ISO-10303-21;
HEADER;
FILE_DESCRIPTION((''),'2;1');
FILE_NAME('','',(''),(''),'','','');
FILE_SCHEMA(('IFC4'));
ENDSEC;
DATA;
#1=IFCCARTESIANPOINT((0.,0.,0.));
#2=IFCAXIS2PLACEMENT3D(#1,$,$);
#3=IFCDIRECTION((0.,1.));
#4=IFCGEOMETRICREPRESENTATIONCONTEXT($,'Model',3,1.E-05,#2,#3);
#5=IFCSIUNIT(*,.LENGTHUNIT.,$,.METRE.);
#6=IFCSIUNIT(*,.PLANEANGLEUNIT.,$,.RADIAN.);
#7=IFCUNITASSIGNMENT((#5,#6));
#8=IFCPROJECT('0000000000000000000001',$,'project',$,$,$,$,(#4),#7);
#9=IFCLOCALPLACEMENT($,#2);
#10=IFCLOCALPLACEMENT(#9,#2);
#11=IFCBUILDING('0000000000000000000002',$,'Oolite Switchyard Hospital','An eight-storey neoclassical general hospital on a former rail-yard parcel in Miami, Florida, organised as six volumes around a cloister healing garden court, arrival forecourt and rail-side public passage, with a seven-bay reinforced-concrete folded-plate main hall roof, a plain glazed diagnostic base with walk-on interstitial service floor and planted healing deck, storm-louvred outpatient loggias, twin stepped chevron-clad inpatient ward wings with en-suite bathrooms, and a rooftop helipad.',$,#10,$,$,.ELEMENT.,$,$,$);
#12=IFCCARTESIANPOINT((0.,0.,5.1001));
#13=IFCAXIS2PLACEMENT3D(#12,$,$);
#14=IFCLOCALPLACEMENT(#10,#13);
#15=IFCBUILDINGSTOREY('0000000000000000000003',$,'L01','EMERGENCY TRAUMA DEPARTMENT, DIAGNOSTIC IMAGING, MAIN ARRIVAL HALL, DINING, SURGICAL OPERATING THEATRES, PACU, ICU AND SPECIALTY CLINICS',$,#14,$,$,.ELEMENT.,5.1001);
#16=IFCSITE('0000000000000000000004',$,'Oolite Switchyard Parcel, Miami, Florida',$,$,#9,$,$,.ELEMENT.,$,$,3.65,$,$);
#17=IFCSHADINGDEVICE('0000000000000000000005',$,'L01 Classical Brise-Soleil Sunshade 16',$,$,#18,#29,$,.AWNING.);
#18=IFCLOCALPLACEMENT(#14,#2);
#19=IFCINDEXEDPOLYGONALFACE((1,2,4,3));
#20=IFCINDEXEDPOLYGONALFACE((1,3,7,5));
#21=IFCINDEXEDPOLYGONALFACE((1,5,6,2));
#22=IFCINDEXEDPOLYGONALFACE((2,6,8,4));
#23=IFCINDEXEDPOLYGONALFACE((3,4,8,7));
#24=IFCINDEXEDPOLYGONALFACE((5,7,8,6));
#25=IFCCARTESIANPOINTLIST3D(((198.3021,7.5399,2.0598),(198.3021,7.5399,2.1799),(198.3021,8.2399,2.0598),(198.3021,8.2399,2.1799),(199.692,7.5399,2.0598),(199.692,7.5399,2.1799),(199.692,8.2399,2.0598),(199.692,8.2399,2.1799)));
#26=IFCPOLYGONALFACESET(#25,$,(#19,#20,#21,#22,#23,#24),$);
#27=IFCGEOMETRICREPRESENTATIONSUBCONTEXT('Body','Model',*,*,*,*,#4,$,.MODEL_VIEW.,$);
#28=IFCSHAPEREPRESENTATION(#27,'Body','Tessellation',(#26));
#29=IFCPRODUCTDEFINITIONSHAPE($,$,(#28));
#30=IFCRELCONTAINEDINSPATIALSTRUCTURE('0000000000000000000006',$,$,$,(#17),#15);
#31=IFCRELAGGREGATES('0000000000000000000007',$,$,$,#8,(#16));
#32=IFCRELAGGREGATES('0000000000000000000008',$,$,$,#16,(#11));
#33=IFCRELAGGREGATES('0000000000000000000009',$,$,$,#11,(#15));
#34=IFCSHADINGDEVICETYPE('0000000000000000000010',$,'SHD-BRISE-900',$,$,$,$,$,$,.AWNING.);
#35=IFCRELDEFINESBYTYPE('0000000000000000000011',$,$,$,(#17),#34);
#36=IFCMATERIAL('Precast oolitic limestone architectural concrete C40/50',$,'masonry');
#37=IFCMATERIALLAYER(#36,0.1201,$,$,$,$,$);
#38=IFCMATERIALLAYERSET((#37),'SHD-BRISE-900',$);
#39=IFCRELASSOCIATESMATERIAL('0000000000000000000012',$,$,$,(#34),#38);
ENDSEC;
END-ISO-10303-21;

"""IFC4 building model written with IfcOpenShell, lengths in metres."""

from ifc_helpers import new_model, si_unit, direction, frame, origin, origin_2d, place, context, subcontext, project, spatial, rectangle, extrude, material, layer, layer_set, type_object, element, save


model = new_model("IFC4")

# Units and contexts
model_context = context("Model", 3, precision=1e-05, world=origin(), true_north=direction((0.0, 1.0)))
body_context = subcontext(model_context, "Body", "Model", "MODEL_VIEW")
ifc_project = project(units=[si_unit("LENGTHUNIT", "METRE"), si_unit("PLANEANGLEUNIT", "RADIAN")], contexts=[model_context])

# Site, building, storey
site_placement = place(None, origin())
site = spatial("IfcSite", under=ifc_project, at=site_placement, Name="Oolite Switchyard Parcel, Miami, Florida", CompositionType="ELEMENT", RefElevation=3.65)
building_placement = place(site_placement, origin())
building = spatial("IfcBuilding", under=site, at=building_placement, Name="Oolite Switchyard Hospital", Description="An eight-storey neoclassical general hospital on a former rail-yard parcel in Miami, Florida, organised as six volumes around a cloister healing garden court, arrival forecourt and rail-side public passage, with a seven-bay reinforced-concrete folded-plate main hall roof, a plain glazed diagnostic base with walk-on interstitial service floor and planted healing deck, storm-louvred outpatient loggias, twin stepped chevron-clad inpatient ward wings with en-suite bathrooms, and a rooftop helipad.", CompositionType="ELEMENT")
storey_placement = place(building_placement, frame((0.0, 0.0, 5.1001)))
storey = spatial("IfcBuildingStorey", under=building, at=storey_placement, Name="L01", Description="EMERGENCY TRAUMA DEPARTMENT, DIAGNOSTIC IMAGING, MAIN ARRIVAL HALL, DINING, SURGICAL OPERATING THEATRES, PACU, ICU AND SPECIALTY CLINICS", CompositionType="ELEMENT", Elevation=5.1001)

# Shared definitions
ifc_material_1 = material(Name="Precast oolitic limestone architectural concrete C40/50", Category="masonry")

# Shading device
ifc_layer_1 = layer(ifc_material_1, 0.1201)
ifc_layer_set_1 = layer_set([ifc_layer_1], Name="SHD-BRISE-900")
shading_device_type = type_object("IfcShadingDeviceType", Name="SHD-BRISE-900", PredefinedType="AWNING", material=ifc_layer_set_1)
shading_device_placement = place(storey_placement, frame((198.9971, 7.8899, 2.0598), z_axis=(0.0, 0.0, 1.0), x_axis=(1.0, 0.0, 0.0)))
element("IfcShadingDevice", 1, at=shading_device_placement, inside=storey, type_object=shading_device_type, Name="L01 Classical Brise-Soleil Sunshade 16", PredefinedType="AWNING", context=body_context, shape_type="SweptSolid", body=[
    extrude(rectangle(XDim=1.3899, YDim=0.7, at=origin_2d()), origin(), (0.0, 0.0, 1.0), 0.1201),
])

save(model, "model.ifc")
